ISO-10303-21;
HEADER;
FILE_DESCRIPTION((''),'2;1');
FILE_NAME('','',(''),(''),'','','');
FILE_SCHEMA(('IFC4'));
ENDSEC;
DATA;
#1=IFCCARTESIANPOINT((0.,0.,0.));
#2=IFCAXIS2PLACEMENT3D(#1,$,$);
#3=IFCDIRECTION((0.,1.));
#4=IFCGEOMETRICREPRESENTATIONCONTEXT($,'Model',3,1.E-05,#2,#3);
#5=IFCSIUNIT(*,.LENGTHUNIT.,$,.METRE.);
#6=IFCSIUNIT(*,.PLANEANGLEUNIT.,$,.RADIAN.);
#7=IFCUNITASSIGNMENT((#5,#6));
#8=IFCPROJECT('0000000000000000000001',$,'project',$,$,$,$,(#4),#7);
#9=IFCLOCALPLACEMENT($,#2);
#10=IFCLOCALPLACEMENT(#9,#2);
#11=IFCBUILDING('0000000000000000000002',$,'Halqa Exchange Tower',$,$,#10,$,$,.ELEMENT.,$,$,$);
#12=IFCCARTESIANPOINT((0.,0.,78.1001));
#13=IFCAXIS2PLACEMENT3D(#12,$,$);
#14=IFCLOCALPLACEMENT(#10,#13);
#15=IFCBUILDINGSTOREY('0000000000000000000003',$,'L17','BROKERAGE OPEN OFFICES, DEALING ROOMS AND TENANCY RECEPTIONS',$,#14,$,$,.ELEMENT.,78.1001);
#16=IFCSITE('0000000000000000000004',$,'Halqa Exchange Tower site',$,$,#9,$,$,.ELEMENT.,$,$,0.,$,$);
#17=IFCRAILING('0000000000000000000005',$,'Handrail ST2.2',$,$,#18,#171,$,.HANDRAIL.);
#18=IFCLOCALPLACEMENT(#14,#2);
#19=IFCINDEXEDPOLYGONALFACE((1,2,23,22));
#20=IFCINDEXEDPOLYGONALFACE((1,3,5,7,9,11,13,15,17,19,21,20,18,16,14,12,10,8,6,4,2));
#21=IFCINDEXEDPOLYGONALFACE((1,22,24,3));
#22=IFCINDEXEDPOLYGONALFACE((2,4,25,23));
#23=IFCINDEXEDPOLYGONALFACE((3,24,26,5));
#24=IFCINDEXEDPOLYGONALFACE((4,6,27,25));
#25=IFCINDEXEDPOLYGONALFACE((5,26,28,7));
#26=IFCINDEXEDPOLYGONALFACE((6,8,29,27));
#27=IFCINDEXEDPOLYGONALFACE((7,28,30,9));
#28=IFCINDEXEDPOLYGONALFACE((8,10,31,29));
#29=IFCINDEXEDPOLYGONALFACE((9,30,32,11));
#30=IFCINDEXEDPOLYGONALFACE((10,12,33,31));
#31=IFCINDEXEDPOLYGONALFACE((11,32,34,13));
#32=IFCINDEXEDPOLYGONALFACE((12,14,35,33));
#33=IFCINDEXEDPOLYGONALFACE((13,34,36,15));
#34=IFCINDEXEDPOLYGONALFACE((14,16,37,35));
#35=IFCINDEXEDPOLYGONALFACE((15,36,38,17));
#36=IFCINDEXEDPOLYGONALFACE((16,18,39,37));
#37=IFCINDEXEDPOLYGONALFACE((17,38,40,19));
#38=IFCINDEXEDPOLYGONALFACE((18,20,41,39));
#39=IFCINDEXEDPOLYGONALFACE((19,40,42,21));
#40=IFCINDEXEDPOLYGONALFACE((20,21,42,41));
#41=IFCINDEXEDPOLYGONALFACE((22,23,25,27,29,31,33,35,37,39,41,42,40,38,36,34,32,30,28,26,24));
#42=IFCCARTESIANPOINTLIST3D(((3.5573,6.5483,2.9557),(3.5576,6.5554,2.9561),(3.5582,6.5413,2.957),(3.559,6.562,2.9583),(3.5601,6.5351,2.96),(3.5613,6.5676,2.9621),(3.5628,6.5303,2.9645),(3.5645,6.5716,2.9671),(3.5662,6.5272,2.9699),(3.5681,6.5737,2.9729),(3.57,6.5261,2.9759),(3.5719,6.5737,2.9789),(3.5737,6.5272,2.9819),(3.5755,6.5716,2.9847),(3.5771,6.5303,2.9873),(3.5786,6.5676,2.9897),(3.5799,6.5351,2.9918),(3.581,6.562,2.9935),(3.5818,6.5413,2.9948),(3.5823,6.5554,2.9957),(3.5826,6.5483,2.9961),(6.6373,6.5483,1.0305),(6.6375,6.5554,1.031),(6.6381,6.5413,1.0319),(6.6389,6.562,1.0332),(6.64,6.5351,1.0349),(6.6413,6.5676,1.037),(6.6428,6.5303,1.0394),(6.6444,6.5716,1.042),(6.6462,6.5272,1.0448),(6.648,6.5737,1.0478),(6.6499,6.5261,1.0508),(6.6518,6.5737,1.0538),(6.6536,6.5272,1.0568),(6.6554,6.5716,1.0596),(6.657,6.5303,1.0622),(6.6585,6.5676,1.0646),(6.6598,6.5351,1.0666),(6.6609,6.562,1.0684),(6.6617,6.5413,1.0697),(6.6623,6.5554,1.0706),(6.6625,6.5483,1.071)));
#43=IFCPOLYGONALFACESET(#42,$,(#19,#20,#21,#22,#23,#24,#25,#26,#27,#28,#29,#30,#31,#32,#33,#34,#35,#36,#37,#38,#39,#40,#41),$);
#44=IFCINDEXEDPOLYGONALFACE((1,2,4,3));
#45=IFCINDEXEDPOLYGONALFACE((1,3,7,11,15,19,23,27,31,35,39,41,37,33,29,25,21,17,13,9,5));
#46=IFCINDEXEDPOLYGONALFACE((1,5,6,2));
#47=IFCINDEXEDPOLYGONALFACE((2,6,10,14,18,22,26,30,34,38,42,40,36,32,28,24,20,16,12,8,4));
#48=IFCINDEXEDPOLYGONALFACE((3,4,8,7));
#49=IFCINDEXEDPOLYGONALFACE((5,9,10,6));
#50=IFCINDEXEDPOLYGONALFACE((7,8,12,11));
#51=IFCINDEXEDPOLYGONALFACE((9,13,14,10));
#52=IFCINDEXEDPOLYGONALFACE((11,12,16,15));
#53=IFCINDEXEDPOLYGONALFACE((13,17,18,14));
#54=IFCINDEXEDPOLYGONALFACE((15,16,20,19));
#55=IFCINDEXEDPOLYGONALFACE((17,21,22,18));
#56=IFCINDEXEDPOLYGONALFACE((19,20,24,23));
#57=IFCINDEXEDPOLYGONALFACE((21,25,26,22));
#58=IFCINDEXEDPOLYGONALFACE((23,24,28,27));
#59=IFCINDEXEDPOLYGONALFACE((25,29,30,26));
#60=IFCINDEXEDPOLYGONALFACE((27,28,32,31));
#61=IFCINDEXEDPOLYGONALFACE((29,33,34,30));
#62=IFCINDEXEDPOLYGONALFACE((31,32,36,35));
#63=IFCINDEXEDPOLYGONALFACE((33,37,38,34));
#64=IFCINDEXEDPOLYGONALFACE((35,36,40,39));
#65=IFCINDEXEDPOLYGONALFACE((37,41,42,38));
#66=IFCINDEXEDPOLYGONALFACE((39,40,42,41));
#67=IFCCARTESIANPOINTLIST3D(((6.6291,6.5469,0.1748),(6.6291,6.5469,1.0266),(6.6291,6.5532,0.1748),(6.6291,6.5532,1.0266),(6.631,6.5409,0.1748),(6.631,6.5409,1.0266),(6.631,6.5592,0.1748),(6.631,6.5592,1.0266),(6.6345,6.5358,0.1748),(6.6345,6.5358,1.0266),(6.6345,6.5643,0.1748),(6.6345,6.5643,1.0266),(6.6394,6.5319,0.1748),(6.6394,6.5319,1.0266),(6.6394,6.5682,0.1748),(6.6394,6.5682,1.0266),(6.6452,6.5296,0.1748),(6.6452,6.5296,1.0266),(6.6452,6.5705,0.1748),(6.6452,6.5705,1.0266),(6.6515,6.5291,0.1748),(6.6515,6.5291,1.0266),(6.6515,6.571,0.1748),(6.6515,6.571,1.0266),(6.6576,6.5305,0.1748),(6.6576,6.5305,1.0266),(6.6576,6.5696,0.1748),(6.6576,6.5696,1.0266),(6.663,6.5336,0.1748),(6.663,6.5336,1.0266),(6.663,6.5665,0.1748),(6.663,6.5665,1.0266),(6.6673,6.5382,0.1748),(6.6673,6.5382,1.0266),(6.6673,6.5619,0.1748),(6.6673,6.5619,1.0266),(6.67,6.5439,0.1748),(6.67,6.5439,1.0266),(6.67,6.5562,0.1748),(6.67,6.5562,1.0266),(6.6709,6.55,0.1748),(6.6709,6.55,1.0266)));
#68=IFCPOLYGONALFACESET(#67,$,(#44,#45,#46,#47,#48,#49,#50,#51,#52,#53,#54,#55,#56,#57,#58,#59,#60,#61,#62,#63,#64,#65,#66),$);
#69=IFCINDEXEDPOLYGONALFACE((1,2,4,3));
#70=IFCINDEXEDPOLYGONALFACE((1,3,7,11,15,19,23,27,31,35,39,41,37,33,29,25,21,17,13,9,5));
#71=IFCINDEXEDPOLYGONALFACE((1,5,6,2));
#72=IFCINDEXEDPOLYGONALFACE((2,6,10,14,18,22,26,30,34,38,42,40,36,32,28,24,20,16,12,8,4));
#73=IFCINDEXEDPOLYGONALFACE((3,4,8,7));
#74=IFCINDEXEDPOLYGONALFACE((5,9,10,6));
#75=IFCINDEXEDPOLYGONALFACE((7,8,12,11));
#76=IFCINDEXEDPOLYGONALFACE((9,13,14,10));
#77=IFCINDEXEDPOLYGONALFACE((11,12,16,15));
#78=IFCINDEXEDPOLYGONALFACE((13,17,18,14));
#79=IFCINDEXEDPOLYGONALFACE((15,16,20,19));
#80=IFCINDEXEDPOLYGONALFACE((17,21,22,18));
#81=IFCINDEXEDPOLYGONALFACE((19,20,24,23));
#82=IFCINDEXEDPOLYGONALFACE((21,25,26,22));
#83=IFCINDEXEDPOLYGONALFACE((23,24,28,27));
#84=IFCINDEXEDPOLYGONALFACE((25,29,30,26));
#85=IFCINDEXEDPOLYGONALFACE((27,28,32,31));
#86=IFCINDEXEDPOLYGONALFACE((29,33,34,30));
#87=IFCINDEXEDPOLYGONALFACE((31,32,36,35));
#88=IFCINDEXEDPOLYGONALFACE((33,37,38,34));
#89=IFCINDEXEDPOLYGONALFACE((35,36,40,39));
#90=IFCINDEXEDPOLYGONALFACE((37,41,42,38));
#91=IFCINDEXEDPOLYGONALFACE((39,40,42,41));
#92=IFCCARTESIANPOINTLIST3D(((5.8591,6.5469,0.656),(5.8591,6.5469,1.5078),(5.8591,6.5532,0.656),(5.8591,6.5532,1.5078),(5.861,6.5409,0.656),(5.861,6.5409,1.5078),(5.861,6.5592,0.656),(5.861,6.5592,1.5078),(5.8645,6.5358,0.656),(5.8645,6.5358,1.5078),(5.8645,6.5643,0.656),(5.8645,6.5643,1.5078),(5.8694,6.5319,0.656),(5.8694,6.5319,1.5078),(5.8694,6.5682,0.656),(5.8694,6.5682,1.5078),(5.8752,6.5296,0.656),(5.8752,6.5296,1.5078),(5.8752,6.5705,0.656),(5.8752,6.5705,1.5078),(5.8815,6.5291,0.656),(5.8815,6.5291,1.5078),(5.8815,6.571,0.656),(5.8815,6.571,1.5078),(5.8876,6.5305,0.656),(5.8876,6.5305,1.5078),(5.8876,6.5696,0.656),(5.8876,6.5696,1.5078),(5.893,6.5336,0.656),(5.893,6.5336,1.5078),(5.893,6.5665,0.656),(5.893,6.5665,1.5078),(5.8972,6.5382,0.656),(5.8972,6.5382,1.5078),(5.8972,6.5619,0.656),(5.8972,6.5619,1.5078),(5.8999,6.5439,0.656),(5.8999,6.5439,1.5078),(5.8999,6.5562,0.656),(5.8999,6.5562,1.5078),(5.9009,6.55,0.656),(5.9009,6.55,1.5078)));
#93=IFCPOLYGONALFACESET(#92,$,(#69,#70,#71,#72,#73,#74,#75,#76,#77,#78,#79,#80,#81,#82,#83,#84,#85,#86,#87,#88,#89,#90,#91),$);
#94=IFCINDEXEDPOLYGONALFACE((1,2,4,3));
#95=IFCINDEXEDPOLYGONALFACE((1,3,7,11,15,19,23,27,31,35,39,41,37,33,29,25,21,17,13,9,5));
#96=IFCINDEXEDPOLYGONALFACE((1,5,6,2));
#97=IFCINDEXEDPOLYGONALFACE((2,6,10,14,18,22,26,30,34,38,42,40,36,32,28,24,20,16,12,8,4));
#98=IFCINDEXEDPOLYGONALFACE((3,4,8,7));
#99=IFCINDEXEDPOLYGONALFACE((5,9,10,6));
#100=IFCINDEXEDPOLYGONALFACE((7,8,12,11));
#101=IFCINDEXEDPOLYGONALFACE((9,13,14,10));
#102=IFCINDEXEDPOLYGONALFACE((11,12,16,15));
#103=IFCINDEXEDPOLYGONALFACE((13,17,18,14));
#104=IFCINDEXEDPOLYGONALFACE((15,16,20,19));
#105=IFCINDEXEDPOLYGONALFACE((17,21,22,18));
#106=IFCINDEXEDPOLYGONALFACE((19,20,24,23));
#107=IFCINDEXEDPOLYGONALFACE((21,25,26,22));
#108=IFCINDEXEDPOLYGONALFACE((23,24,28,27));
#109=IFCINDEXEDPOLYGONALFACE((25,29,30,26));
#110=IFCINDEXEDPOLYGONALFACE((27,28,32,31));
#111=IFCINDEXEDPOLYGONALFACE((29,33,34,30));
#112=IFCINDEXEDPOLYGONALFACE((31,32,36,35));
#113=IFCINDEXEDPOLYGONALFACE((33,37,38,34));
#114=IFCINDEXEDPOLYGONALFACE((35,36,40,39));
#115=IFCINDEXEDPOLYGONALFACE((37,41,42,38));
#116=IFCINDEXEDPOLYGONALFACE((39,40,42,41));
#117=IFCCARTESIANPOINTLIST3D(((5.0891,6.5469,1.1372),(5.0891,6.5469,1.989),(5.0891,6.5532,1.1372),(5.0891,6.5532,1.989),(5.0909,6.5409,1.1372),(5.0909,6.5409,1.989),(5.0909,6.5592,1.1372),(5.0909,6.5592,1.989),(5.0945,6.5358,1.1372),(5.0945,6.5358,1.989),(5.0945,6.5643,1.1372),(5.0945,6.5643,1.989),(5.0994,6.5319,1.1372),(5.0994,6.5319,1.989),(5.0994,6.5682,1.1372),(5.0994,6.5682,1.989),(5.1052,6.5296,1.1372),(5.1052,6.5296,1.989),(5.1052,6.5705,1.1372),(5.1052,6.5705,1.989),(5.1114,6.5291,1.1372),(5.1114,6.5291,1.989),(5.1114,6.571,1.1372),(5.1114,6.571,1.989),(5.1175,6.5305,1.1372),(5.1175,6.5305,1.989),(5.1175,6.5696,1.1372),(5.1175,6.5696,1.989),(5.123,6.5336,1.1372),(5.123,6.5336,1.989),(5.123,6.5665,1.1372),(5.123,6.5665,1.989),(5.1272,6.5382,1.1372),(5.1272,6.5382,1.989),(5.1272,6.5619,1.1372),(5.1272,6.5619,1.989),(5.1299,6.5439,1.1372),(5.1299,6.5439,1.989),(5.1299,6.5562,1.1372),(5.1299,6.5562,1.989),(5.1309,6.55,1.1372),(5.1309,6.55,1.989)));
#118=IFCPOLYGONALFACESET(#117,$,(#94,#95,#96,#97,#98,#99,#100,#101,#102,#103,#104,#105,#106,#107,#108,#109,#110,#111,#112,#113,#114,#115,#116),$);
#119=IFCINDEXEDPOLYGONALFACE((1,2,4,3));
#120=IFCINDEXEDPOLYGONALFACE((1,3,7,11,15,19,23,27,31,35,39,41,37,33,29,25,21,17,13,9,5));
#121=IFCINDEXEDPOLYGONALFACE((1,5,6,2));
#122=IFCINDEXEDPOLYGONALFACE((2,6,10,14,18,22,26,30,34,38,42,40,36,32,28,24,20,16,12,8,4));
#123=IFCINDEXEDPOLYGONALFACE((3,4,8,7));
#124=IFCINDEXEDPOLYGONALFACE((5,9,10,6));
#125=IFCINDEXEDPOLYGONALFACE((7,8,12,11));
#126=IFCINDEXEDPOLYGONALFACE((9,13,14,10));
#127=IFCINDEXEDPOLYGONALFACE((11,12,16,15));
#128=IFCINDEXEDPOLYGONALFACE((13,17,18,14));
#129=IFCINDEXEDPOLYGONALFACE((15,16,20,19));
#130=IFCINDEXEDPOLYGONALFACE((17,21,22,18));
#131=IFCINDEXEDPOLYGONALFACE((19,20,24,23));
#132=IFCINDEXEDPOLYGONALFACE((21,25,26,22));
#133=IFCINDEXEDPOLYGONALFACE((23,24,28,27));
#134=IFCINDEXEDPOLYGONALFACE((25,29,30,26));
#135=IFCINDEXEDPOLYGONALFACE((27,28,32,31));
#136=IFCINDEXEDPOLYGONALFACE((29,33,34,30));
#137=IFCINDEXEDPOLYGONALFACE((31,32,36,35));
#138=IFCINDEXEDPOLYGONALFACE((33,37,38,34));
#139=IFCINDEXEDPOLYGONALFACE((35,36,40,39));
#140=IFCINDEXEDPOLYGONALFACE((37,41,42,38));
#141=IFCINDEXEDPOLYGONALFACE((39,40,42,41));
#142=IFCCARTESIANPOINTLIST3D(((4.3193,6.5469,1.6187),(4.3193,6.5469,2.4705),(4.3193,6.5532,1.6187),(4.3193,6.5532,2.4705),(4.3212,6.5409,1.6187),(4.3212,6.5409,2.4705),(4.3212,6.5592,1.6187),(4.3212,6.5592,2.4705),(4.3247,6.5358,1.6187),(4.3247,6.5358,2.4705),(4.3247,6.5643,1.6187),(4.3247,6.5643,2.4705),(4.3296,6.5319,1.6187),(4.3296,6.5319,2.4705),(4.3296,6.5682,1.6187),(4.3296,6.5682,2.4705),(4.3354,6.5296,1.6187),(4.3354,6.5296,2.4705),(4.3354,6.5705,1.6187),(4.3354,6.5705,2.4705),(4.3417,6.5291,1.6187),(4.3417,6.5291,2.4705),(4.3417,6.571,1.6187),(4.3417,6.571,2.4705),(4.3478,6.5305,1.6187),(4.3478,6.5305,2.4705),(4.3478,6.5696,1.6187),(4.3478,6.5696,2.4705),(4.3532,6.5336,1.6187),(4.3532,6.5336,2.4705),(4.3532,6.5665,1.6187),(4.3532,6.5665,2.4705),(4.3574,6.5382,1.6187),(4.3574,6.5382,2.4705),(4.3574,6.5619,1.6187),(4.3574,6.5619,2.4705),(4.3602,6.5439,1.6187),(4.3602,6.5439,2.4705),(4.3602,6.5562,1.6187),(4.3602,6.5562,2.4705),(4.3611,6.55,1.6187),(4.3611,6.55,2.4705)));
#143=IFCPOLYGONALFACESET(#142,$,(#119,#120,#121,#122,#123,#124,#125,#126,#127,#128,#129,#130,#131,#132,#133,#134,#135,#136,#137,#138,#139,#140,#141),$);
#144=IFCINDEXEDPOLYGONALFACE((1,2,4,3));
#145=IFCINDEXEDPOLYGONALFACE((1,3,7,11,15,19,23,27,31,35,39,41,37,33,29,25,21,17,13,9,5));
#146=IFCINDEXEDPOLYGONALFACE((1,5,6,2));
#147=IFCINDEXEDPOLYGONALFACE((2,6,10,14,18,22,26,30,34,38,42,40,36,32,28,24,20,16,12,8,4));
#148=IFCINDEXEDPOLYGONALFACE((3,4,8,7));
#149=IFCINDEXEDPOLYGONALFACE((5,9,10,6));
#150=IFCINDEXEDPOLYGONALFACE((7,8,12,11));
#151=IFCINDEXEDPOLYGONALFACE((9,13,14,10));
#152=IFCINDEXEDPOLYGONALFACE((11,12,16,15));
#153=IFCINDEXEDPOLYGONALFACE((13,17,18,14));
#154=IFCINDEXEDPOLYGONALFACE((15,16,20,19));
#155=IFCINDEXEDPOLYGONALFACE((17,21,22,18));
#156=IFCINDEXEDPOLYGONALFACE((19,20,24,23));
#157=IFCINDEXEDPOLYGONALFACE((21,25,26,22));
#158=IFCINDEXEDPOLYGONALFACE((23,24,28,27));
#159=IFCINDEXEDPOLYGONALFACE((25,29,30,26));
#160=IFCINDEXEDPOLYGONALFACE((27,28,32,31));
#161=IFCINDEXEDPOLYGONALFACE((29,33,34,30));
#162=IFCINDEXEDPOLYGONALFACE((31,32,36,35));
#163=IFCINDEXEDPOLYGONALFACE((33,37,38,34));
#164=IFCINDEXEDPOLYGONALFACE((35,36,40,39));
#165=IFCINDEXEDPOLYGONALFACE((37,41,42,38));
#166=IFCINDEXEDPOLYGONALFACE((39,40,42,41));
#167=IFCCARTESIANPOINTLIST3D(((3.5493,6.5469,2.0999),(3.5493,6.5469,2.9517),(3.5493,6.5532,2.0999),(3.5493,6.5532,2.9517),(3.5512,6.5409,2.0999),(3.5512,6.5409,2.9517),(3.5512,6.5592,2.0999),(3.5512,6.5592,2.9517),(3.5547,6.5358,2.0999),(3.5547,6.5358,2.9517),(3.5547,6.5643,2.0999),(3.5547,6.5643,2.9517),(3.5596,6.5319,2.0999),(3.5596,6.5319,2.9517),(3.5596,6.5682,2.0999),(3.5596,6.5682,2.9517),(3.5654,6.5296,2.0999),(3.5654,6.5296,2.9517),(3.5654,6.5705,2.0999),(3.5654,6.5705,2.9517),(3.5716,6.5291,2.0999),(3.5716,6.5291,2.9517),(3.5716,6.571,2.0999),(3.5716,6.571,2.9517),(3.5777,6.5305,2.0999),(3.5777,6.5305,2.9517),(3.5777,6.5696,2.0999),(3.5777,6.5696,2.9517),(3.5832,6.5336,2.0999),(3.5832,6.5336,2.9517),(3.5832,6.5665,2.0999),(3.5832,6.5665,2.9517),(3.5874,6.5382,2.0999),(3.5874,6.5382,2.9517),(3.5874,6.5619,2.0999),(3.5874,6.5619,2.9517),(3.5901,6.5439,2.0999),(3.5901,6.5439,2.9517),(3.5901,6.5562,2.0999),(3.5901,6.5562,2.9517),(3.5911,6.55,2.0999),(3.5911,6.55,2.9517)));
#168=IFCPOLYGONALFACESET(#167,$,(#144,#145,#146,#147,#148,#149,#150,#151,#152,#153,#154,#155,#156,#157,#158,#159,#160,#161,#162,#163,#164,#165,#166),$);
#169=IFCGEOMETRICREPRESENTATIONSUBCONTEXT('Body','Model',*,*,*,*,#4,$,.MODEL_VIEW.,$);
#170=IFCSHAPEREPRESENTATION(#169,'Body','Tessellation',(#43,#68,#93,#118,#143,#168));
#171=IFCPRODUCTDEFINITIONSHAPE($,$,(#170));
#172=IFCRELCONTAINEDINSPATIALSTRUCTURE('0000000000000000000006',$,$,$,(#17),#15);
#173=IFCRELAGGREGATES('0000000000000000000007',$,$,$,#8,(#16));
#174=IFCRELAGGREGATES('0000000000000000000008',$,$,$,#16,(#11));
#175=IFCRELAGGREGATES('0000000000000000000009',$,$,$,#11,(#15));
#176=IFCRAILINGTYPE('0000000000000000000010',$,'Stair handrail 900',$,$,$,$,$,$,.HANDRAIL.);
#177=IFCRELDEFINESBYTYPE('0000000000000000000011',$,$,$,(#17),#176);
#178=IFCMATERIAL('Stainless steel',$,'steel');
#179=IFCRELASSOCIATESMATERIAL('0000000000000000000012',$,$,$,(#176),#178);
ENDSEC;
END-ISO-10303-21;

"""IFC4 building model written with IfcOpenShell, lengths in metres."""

from ifc_helpers import new_model, si_unit, direction, frame, origin, origin_2d, place, context, subcontext, project, spatial, circle, extrude, material, type_object, element, save


model = new_model("IFC4")

# Units and contexts
model_context = context("Model", 3, precision=1e-05, world=origin(), true_north=direction((0.0, 1.0)))
body_context = subcontext(model_context, "Body", "Model", "MODEL_VIEW")
ifc_project = project(units=[si_unit("LENGTHUNIT", "METRE"), si_unit("PLANEANGLEUNIT", "RADIAN")], contexts=[model_context])

# Site, building, storey
site_placement = place(None, origin())
site = spatial("IfcSite", under=ifc_project, at=site_placement, Name="Halqa Exchange Tower site", CompositionType="ELEMENT", RefElevation=0.0)
building_placement = place(site_placement, origin())
building = spatial("IfcBuilding", under=site, at=building_placement, Name="Halqa Exchange Tower", CompositionType="ELEMENT")
storey_placement = place(building_placement, frame((0.0, 0.0, 78.1001)))
storey = spatial("IfcBuildingStorey", under=building, at=storey_placement, Name="L17", Description="BROKERAGE OPEN OFFICES, DEALING ROOMS AND TENANCY RECEPTIONS", CompositionType="ELEMENT", Elevation=78.1001)

# Railing
ifc_material_1 = material(Name="Stainless steel", Category="steel")
railing_type_1 = type_object("IfcRailingType", Name="Stair handrail 900", PredefinedType="HANDRAIL", material=ifc_material_1)
railing_1_placement = place(storey_placement, frame((6.6499, 6.55, 0.1748)))
element("IfcRailing", 1, at=railing_1_placement, inside=storey, type_object=railing_type_1, Name="Handrail ST2.2", PredefinedType="HANDRAIL", context=body_context, shape_type="SweptSolid", body=[
    extrude(circle(Radius=0.0239, at=origin_2d()), frame((0.0, 0.0, 0.876), z_axis=(-0.847979, 0.0, 0.530029), x_axis=(0.0, -1.0, 0.0)), (0.0, 0.0, 1.0), 3.6321),
    extrude(circle(Radius=0.021, at=origin_2d()), origin(), (0.0, 0.0, 1.0), 0.8518),
    extrude(circle(Radius=0.021, at=origin_2d()), frame((-0.77, 0.0, 0.4812)), (0.0, 0.0, 1.0), 0.8518),
    extrude(circle(Radius=0.021, at=origin_2d()), frame((-1.54, 0.0, 0.9624)), (0.0, 0.0, 1.0), 0.8518),
    extrude(circle(Radius=0.021, at=origin_2d()), frame((-2.3098, 0.0, 1.4438)), (0.0, 0.0, 1.0), 0.8518),
    extrude(circle(Radius=0.021, at=origin_2d()), frame((-3.0798, 0.0, 1.925)), (0.0, 0.0, 1.0), 0.8518),
])

save(model, "model.ifc")
